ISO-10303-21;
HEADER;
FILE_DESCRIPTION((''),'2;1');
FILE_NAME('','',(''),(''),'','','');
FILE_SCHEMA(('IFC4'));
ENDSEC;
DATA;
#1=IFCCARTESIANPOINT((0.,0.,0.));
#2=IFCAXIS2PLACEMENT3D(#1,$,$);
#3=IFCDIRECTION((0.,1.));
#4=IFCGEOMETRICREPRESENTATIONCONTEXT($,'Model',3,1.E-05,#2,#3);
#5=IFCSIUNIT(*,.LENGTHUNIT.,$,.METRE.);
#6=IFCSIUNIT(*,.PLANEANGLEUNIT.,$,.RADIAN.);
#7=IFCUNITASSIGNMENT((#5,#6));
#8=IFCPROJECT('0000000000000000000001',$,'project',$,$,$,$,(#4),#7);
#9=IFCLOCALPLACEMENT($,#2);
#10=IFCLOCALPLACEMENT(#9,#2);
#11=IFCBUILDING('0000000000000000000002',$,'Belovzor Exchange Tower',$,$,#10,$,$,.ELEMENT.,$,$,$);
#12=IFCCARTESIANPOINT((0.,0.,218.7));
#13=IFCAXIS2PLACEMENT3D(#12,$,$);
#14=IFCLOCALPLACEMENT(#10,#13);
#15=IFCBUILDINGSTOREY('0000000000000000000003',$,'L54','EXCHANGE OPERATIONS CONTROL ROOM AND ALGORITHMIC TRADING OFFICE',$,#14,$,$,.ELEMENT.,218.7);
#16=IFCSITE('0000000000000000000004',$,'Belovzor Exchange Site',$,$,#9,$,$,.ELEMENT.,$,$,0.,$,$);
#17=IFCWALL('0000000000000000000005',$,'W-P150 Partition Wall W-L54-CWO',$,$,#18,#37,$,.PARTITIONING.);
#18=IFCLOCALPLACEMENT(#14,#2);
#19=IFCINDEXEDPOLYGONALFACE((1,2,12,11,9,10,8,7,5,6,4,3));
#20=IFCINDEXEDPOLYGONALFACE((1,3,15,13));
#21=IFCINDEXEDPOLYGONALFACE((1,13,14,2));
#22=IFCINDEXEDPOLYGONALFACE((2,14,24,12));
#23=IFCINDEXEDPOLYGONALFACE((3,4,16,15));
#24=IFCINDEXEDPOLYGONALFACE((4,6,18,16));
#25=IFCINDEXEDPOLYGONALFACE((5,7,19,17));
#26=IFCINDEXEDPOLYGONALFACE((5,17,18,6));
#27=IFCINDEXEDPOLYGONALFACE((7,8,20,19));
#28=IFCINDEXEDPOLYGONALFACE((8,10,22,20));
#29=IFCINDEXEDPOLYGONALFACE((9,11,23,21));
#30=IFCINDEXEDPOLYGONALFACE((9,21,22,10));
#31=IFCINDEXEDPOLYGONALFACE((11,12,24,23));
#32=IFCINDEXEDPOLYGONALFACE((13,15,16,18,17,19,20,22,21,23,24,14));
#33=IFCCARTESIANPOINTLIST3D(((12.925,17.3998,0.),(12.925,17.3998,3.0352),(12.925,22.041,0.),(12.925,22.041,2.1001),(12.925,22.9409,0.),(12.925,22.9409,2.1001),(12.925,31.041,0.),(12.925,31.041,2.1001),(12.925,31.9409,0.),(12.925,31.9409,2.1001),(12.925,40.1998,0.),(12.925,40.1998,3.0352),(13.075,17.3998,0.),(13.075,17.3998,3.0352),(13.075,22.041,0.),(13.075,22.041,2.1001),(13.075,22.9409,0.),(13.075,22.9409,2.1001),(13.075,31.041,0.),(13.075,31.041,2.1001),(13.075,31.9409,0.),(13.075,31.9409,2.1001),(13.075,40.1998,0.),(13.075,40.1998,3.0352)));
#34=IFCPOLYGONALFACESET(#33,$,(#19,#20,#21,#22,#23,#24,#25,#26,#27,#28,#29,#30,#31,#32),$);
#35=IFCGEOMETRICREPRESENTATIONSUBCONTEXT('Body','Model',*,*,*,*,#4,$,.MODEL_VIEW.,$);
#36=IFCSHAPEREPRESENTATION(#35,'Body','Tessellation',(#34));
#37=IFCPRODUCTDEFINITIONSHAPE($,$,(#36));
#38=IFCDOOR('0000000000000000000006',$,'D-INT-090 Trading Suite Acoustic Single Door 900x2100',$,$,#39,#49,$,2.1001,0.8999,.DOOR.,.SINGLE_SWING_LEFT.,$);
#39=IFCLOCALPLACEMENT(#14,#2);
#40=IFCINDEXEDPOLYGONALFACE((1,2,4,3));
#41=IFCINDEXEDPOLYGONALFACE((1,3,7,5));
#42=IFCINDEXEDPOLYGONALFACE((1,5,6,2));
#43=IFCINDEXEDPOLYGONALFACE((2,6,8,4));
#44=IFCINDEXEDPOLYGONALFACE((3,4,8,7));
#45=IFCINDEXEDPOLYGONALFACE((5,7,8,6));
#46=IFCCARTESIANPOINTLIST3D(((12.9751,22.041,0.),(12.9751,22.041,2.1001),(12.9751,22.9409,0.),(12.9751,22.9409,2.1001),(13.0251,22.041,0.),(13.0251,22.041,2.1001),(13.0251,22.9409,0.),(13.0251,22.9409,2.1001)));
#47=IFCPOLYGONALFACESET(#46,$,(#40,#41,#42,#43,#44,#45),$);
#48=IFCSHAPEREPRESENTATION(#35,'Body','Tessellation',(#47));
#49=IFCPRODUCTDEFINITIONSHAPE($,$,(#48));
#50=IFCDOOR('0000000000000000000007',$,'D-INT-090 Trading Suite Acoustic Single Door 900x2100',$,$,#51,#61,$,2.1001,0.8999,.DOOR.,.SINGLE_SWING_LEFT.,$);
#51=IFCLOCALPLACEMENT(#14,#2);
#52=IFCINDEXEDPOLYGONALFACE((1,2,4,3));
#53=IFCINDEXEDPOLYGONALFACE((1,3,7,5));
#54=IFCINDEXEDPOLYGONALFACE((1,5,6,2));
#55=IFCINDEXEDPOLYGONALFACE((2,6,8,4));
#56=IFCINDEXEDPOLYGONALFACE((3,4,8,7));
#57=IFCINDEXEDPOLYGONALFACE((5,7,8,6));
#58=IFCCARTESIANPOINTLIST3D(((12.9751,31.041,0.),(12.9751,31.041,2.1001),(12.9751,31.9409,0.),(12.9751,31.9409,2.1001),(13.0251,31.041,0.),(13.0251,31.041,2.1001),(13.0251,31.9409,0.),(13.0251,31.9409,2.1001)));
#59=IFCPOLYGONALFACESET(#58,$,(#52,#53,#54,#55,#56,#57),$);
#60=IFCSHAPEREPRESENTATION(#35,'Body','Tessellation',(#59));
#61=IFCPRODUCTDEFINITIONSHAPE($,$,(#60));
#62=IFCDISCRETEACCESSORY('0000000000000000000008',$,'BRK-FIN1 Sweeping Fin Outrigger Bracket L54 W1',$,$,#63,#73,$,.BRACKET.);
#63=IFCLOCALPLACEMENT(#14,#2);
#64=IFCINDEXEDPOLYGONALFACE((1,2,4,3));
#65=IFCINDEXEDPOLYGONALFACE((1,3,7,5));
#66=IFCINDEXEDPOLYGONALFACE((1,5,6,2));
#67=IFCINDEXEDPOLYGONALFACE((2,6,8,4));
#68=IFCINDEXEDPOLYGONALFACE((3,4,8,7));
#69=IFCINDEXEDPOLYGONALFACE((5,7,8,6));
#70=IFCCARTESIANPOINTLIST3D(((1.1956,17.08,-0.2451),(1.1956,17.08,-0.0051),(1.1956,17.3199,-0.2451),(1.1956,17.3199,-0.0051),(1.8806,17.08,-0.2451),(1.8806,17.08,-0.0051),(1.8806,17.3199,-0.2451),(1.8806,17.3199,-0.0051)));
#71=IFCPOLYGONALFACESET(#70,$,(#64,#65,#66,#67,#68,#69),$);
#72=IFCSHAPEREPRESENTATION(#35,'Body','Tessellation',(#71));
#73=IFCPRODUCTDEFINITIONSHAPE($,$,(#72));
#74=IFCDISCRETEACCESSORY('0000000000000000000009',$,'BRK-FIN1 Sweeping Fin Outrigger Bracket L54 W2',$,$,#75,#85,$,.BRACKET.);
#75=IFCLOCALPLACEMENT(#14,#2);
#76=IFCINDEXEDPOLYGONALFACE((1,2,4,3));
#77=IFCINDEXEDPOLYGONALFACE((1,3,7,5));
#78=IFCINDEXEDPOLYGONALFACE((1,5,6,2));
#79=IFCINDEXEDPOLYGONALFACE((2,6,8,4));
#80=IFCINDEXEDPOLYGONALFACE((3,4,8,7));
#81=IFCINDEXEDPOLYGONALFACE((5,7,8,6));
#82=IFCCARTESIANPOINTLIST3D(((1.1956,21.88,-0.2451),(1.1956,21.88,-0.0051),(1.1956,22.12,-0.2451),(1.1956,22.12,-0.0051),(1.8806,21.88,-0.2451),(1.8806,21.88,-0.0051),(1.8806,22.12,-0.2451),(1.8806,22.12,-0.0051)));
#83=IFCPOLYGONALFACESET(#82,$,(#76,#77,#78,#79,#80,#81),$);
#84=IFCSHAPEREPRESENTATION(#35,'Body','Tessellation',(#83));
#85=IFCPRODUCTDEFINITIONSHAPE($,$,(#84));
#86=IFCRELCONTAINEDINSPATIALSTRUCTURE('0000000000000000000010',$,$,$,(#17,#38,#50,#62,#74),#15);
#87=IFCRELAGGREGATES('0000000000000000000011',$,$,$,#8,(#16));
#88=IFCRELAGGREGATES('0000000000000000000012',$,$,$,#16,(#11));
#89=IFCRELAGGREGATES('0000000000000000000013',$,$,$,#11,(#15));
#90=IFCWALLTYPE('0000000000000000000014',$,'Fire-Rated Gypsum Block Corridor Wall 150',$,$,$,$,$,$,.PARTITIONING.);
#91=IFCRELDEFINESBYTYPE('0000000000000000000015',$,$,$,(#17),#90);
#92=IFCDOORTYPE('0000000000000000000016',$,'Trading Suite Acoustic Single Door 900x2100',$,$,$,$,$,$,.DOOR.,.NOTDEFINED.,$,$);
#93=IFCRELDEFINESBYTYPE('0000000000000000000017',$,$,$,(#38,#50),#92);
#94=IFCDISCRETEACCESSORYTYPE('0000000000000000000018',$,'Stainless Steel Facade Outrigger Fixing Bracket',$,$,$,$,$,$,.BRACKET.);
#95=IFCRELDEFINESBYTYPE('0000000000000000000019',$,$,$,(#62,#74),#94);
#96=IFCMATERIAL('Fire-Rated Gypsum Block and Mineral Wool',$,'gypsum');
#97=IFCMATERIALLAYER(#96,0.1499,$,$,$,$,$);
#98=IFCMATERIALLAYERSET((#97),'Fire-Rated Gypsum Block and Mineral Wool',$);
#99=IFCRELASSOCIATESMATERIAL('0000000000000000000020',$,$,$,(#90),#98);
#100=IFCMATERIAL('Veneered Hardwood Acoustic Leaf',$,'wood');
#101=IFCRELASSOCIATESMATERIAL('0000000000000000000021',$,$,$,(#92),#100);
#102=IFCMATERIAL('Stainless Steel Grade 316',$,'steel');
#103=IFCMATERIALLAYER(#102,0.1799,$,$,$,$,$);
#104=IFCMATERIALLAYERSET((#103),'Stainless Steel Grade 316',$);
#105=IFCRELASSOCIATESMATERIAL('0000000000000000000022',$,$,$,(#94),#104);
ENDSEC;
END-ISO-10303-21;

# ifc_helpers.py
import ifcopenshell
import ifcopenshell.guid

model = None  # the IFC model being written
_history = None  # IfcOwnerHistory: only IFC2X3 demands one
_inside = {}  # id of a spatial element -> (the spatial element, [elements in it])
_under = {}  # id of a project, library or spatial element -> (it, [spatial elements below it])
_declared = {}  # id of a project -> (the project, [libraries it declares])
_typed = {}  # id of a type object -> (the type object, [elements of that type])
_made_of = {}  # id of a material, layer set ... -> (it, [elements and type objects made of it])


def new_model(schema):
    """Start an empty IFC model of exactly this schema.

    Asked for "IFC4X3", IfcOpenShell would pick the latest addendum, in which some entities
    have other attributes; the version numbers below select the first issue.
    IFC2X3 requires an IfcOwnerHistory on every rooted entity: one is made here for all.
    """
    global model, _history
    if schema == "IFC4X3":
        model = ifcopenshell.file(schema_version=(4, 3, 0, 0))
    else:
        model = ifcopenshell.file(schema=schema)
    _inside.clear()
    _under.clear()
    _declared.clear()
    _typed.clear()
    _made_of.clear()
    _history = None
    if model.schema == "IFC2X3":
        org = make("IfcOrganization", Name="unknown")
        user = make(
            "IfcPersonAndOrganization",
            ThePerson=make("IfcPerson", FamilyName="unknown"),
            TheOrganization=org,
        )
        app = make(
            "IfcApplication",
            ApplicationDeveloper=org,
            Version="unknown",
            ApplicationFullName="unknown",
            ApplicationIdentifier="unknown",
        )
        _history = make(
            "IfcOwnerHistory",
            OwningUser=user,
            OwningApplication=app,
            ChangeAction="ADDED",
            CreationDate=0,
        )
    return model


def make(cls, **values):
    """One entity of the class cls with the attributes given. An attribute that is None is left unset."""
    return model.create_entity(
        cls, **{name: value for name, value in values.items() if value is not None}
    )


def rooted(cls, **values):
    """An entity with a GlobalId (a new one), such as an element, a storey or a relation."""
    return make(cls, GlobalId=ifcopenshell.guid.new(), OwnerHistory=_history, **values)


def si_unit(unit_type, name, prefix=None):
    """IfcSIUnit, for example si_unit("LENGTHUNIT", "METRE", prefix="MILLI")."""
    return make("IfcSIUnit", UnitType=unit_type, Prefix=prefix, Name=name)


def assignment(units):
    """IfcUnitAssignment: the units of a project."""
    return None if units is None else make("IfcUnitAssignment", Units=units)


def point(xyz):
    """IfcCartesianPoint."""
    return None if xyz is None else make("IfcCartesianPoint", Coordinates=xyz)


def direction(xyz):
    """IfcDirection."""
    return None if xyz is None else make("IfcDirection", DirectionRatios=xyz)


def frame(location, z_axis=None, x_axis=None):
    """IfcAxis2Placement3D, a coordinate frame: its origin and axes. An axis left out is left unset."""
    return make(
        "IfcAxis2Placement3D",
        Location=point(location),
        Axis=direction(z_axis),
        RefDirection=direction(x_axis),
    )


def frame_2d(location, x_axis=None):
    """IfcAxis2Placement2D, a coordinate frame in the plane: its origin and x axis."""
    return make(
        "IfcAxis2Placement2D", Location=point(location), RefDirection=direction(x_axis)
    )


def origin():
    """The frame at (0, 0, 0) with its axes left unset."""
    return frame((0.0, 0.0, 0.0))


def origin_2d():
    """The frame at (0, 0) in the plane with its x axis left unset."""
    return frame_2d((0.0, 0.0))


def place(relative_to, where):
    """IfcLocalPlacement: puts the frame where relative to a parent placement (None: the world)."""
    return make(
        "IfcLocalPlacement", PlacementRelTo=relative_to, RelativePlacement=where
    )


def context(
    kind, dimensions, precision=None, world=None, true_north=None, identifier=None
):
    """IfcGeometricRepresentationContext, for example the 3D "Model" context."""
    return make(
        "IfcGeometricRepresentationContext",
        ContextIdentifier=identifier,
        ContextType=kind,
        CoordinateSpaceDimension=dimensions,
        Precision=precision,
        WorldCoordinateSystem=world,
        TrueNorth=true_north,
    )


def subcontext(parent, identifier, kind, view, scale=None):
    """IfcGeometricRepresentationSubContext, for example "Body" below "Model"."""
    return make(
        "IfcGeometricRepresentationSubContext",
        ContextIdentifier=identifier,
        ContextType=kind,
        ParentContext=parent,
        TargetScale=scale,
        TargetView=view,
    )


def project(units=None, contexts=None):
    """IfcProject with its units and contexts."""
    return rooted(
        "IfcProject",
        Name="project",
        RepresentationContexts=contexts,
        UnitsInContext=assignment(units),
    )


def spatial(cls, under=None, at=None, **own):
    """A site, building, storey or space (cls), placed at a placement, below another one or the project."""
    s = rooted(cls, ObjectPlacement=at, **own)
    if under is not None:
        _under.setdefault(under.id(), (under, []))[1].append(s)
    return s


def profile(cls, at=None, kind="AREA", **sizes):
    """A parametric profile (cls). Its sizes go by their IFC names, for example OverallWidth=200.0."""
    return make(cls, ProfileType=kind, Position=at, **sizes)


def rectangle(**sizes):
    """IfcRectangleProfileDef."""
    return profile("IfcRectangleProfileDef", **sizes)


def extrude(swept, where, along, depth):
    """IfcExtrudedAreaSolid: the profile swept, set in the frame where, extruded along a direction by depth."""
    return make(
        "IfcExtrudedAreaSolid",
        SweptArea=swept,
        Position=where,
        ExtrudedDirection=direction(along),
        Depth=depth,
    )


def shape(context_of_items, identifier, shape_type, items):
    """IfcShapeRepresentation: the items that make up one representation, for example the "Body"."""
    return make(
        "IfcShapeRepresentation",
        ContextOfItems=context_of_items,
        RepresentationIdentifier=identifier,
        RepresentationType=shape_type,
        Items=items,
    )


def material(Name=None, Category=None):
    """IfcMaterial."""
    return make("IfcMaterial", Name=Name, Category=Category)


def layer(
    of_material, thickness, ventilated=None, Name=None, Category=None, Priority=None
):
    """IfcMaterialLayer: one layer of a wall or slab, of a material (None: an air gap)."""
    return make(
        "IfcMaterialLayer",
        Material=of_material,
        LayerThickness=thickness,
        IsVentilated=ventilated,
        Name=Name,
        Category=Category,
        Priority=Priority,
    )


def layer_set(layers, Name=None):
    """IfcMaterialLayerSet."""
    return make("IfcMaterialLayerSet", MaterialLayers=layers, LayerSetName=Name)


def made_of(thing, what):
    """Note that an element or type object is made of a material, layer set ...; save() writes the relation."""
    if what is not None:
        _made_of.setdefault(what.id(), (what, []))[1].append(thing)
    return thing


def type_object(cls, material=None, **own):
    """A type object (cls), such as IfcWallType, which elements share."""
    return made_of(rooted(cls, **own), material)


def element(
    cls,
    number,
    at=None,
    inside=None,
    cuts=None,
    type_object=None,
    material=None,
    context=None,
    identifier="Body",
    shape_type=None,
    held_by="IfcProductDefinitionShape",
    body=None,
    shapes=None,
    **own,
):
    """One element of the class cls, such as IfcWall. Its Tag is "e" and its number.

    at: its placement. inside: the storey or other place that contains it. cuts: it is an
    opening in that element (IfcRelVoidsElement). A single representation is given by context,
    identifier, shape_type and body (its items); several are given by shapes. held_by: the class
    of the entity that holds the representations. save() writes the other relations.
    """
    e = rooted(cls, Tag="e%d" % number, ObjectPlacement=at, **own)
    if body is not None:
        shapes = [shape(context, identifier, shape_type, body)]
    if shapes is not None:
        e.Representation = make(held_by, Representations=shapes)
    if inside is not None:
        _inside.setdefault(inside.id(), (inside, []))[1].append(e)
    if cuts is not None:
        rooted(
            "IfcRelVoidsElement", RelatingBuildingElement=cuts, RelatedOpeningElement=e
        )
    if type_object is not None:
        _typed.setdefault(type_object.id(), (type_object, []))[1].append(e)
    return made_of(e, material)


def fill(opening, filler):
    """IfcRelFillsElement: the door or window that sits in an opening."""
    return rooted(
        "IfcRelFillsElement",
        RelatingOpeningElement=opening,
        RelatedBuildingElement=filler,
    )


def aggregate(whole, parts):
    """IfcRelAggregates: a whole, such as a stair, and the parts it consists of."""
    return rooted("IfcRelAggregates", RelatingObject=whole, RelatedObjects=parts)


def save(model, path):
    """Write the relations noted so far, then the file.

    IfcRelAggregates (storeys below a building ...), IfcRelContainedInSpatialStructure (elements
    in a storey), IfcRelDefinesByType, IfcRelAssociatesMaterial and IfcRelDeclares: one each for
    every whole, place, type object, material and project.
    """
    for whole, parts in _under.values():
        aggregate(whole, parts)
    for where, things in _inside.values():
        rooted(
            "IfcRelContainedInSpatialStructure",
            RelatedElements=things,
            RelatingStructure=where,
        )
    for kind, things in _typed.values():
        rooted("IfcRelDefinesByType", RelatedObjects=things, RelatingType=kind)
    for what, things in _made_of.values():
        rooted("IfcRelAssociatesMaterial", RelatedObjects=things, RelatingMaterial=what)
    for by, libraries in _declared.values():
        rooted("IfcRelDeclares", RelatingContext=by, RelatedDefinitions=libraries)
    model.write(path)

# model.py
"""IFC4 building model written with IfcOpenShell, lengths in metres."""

from ifc_helpers import new_model, si_unit, direction, frame, frame_2d, origin, origin_2d, place, context, subcontext, project, spatial, rectangle, extrude, material, layer, layer_set, type_object, element, fill, save


model = new_model("IFC4")

# Units and contexts
model_context = context("Model", 3, precision=1e-05, world=origin(), true_north=direction((0.0, 1.0)))
body_context = subcontext(model_context, "Body", "Model", "MODEL_VIEW")
ifc_project = project(units=[si_unit("LENGTHUNIT", "METRE"), si_unit("PLANEANGLEUNIT", "RADIAN")], contexts=[model_context])

# Site, building, storey
site_placement = place(None, origin())
site = spatial("IfcSite", under=ifc_project, at=site_placement, Name="Belovzor Exchange Site", CompositionType="ELEMENT", RefElevation=0.0)
building_placement = place(site_placement, origin())
building = spatial("IfcBuilding", under=site, at=building_placement, Name="Belovzor Exchange Tower", CompositionType="ELEMENT")
storey_placement = place(building_placement, frame((0.0, 0.0, 218.7)))
storey = spatial("IfcBuildingStorey", under=building, at=storey_placement, Name="L54", Description="EXCHANGE OPERATIONS CONTROL ROOM AND ALGORITHMIC TRADING OFFICE", CompositionType="ELEMENT", Elevation=218.7)

# Wall, openings, doors
ifc_material_1 = material(Name="Fire-Rated Gypsum Block and Mineral Wool", Category="gypsum")
ifc_layer_1 = layer(ifc_material_1, 0.1499)
ifc_layer_set_1 = layer_set([ifc_layer_1], Name="Fire-Rated Gypsum Block and Mineral Wool")
wall_type_1 = type_object("IfcWallType", Name="Fire-Rated Gypsum Block Corridor Wall 150", PredefinedType="PARTITIONING", material=ifc_layer_set_1)
ifc_material_2 = material(Name="Veneered Hardwood Acoustic Leaf", Category="wood")
door_type = type_object("IfcDoorType", Name="Trading Suite Acoustic Single Door 900x2100", OperationType="NOTDEFINED", PredefinedType="DOOR", material=ifc_material_2)
wall_1_placement = place(storey_placement, frame((13.0, 17.3999, 0.0), z_axis=(0.0, 0.0, 1.0), x_axis=(0.0, 1.0, 0.0)))
wall_1 = element("IfcWall", 1, at=wall_1_placement, inside=storey, type_object=wall_type_1, Name="W-P150 Partition Wall W-L54-CWO", PredefinedType="PARTITIONING", context=body_context, shape_type="SweptSolid", body=[
    extrude(rectangle(XDim=22.8, YDim=0.1499, at=frame_2d((11.3999, 0.0))), origin(), (0.0, 0.0, 1.0), 3.0352),
])
opening_1_placement = place(wall_1_placement, frame((4.6411, 0.0, 0.0)))
opening_1 = element("IfcOpeningElement", 2, at=opening_1_placement, cuts=wall_1, PredefinedType="OPENING", context=body_context, shape_type="SweptSolid", body=[
    extrude(rectangle(XDim=0.8999, YDim=2.1001, at=frame_2d((0.45, 1.05))), frame((0.0, 0.085, 0.0), z_axis=(0.0, -1.0, 0.0), x_axis=(1.0, 0.0, 0.0)), (0.0, 0.0, 1.0), 0.1699),
])
opening_2_placement = place(wall_1_placement, frame((13.6411, 0.0, 0.0)))
opening_2 = element("IfcOpeningElement", 3, at=opening_2_placement, cuts=wall_1, PredefinedType="OPENING", context=body_context, shape_type="SweptSolid", body=[
    extrude(rectangle(XDim=0.8999, YDim=2.1001, at=frame_2d((0.45, 1.05))), frame((0.0, 0.085, 0.0), z_axis=(0.0, -1.0, 0.0), x_axis=(1.0, 0.0, 0.0)), (0.0, 0.0, 1.0), 0.1699),
])
door_1_placement = place(opening_1_placement, origin())
door_1 = element("IfcDoor", 4, at=door_1_placement, inside=storey, type_object=door_type, Name="D-INT-090 Trading Suite Acoustic Single Door 900x2100", OperationType="SINGLE_SWING_LEFT", OverallHeight=2.1001, OverallWidth=0.8999, PredefinedType="DOOR", context=body_context, shape_type="SweptSolid", body=[
    extrude(rectangle(XDim=0.8999, YDim=2.1001, at=frame_2d((0.45, 1.05))), frame((0.0, 0.0249, 0.0), z_axis=(0.0, -1.0, 0.0), x_axis=(1.0, 0.0, 0.0)), (0.0, 0.0, 1.0), 0.05),
])
fill(opening_1, door_1)
door_2_placement = place(opening_2_placement, origin())
door_2 = element("IfcDoor", 5, at=door_2_placement, inside=storey, type_object=door_type, Name="D-INT-090 Trading Suite Acoustic Single Door 900x2100", OperationType="SINGLE_SWING_LEFT", OverallHeight=2.1001, OverallWidth=0.8999, PredefinedType="DOOR", context=body_context, shape_type="SweptSolid", body=[
    extrude(rectangle(XDim=0.8999, YDim=2.1001, at=frame_2d((0.45, 1.05))), frame((0.0, 0.0249, 0.0), z_axis=(0.0, -1.0, 0.0), x_axis=(1.0, 0.0, 0.0)), (0.0, 0.0, 1.0), 0.05),
])
fill(opening_2, door_2)

# Discrete accessories
ifc_material_3 = material(Name="Stainless Steel Grade 316", Category="steel")
ifc_layer_2 = layer(ifc_material_3, 0.1799)
ifc_layer_set_2 = layer_set([ifc_layer_2], Name="Stainless Steel Grade 316")
discrete_accessory_type = type_object("IfcDiscreteAccessoryType", Name="Stainless Steel Facade Outrigger Fixing Bracket", PredefinedType="BRACKET", material=ifc_layer_set_2)
for number, where, z_axis, x_axis, name in (
    (6, (1.5381, 17.2, -0.2451), (0.0, 0.0, 1.0), (1.0, 0.0, 0.0), "BRK-FIN1 Sweeping Fin Outrigger Bracket L54 W1"),
    (7, (1.5381, 22.0, -0.2451), (0.0, 0.0, 1.0), (1.0, 0.0, 0.0), "BRK-FIN1 Sweeping Fin Outrigger Bracket L54 W2"),
):
    element("IfcDiscreteAccessory", number, at=place(storey_placement, frame(where, z_axis=z_axis, x_axis=x_axis)), inside=storey, type_object=discrete_accessory_type, Name=name, PredefinedType="BRACKET", context=body_context, shape_type="SweptSolid", body=[
        extrude(rectangle(XDim=0.6851, YDim=0.24, at=origin_2d()), origin(), (0.0, 0.0, 1.0), 0.24),
    ])

save(model, "model.ifc")
